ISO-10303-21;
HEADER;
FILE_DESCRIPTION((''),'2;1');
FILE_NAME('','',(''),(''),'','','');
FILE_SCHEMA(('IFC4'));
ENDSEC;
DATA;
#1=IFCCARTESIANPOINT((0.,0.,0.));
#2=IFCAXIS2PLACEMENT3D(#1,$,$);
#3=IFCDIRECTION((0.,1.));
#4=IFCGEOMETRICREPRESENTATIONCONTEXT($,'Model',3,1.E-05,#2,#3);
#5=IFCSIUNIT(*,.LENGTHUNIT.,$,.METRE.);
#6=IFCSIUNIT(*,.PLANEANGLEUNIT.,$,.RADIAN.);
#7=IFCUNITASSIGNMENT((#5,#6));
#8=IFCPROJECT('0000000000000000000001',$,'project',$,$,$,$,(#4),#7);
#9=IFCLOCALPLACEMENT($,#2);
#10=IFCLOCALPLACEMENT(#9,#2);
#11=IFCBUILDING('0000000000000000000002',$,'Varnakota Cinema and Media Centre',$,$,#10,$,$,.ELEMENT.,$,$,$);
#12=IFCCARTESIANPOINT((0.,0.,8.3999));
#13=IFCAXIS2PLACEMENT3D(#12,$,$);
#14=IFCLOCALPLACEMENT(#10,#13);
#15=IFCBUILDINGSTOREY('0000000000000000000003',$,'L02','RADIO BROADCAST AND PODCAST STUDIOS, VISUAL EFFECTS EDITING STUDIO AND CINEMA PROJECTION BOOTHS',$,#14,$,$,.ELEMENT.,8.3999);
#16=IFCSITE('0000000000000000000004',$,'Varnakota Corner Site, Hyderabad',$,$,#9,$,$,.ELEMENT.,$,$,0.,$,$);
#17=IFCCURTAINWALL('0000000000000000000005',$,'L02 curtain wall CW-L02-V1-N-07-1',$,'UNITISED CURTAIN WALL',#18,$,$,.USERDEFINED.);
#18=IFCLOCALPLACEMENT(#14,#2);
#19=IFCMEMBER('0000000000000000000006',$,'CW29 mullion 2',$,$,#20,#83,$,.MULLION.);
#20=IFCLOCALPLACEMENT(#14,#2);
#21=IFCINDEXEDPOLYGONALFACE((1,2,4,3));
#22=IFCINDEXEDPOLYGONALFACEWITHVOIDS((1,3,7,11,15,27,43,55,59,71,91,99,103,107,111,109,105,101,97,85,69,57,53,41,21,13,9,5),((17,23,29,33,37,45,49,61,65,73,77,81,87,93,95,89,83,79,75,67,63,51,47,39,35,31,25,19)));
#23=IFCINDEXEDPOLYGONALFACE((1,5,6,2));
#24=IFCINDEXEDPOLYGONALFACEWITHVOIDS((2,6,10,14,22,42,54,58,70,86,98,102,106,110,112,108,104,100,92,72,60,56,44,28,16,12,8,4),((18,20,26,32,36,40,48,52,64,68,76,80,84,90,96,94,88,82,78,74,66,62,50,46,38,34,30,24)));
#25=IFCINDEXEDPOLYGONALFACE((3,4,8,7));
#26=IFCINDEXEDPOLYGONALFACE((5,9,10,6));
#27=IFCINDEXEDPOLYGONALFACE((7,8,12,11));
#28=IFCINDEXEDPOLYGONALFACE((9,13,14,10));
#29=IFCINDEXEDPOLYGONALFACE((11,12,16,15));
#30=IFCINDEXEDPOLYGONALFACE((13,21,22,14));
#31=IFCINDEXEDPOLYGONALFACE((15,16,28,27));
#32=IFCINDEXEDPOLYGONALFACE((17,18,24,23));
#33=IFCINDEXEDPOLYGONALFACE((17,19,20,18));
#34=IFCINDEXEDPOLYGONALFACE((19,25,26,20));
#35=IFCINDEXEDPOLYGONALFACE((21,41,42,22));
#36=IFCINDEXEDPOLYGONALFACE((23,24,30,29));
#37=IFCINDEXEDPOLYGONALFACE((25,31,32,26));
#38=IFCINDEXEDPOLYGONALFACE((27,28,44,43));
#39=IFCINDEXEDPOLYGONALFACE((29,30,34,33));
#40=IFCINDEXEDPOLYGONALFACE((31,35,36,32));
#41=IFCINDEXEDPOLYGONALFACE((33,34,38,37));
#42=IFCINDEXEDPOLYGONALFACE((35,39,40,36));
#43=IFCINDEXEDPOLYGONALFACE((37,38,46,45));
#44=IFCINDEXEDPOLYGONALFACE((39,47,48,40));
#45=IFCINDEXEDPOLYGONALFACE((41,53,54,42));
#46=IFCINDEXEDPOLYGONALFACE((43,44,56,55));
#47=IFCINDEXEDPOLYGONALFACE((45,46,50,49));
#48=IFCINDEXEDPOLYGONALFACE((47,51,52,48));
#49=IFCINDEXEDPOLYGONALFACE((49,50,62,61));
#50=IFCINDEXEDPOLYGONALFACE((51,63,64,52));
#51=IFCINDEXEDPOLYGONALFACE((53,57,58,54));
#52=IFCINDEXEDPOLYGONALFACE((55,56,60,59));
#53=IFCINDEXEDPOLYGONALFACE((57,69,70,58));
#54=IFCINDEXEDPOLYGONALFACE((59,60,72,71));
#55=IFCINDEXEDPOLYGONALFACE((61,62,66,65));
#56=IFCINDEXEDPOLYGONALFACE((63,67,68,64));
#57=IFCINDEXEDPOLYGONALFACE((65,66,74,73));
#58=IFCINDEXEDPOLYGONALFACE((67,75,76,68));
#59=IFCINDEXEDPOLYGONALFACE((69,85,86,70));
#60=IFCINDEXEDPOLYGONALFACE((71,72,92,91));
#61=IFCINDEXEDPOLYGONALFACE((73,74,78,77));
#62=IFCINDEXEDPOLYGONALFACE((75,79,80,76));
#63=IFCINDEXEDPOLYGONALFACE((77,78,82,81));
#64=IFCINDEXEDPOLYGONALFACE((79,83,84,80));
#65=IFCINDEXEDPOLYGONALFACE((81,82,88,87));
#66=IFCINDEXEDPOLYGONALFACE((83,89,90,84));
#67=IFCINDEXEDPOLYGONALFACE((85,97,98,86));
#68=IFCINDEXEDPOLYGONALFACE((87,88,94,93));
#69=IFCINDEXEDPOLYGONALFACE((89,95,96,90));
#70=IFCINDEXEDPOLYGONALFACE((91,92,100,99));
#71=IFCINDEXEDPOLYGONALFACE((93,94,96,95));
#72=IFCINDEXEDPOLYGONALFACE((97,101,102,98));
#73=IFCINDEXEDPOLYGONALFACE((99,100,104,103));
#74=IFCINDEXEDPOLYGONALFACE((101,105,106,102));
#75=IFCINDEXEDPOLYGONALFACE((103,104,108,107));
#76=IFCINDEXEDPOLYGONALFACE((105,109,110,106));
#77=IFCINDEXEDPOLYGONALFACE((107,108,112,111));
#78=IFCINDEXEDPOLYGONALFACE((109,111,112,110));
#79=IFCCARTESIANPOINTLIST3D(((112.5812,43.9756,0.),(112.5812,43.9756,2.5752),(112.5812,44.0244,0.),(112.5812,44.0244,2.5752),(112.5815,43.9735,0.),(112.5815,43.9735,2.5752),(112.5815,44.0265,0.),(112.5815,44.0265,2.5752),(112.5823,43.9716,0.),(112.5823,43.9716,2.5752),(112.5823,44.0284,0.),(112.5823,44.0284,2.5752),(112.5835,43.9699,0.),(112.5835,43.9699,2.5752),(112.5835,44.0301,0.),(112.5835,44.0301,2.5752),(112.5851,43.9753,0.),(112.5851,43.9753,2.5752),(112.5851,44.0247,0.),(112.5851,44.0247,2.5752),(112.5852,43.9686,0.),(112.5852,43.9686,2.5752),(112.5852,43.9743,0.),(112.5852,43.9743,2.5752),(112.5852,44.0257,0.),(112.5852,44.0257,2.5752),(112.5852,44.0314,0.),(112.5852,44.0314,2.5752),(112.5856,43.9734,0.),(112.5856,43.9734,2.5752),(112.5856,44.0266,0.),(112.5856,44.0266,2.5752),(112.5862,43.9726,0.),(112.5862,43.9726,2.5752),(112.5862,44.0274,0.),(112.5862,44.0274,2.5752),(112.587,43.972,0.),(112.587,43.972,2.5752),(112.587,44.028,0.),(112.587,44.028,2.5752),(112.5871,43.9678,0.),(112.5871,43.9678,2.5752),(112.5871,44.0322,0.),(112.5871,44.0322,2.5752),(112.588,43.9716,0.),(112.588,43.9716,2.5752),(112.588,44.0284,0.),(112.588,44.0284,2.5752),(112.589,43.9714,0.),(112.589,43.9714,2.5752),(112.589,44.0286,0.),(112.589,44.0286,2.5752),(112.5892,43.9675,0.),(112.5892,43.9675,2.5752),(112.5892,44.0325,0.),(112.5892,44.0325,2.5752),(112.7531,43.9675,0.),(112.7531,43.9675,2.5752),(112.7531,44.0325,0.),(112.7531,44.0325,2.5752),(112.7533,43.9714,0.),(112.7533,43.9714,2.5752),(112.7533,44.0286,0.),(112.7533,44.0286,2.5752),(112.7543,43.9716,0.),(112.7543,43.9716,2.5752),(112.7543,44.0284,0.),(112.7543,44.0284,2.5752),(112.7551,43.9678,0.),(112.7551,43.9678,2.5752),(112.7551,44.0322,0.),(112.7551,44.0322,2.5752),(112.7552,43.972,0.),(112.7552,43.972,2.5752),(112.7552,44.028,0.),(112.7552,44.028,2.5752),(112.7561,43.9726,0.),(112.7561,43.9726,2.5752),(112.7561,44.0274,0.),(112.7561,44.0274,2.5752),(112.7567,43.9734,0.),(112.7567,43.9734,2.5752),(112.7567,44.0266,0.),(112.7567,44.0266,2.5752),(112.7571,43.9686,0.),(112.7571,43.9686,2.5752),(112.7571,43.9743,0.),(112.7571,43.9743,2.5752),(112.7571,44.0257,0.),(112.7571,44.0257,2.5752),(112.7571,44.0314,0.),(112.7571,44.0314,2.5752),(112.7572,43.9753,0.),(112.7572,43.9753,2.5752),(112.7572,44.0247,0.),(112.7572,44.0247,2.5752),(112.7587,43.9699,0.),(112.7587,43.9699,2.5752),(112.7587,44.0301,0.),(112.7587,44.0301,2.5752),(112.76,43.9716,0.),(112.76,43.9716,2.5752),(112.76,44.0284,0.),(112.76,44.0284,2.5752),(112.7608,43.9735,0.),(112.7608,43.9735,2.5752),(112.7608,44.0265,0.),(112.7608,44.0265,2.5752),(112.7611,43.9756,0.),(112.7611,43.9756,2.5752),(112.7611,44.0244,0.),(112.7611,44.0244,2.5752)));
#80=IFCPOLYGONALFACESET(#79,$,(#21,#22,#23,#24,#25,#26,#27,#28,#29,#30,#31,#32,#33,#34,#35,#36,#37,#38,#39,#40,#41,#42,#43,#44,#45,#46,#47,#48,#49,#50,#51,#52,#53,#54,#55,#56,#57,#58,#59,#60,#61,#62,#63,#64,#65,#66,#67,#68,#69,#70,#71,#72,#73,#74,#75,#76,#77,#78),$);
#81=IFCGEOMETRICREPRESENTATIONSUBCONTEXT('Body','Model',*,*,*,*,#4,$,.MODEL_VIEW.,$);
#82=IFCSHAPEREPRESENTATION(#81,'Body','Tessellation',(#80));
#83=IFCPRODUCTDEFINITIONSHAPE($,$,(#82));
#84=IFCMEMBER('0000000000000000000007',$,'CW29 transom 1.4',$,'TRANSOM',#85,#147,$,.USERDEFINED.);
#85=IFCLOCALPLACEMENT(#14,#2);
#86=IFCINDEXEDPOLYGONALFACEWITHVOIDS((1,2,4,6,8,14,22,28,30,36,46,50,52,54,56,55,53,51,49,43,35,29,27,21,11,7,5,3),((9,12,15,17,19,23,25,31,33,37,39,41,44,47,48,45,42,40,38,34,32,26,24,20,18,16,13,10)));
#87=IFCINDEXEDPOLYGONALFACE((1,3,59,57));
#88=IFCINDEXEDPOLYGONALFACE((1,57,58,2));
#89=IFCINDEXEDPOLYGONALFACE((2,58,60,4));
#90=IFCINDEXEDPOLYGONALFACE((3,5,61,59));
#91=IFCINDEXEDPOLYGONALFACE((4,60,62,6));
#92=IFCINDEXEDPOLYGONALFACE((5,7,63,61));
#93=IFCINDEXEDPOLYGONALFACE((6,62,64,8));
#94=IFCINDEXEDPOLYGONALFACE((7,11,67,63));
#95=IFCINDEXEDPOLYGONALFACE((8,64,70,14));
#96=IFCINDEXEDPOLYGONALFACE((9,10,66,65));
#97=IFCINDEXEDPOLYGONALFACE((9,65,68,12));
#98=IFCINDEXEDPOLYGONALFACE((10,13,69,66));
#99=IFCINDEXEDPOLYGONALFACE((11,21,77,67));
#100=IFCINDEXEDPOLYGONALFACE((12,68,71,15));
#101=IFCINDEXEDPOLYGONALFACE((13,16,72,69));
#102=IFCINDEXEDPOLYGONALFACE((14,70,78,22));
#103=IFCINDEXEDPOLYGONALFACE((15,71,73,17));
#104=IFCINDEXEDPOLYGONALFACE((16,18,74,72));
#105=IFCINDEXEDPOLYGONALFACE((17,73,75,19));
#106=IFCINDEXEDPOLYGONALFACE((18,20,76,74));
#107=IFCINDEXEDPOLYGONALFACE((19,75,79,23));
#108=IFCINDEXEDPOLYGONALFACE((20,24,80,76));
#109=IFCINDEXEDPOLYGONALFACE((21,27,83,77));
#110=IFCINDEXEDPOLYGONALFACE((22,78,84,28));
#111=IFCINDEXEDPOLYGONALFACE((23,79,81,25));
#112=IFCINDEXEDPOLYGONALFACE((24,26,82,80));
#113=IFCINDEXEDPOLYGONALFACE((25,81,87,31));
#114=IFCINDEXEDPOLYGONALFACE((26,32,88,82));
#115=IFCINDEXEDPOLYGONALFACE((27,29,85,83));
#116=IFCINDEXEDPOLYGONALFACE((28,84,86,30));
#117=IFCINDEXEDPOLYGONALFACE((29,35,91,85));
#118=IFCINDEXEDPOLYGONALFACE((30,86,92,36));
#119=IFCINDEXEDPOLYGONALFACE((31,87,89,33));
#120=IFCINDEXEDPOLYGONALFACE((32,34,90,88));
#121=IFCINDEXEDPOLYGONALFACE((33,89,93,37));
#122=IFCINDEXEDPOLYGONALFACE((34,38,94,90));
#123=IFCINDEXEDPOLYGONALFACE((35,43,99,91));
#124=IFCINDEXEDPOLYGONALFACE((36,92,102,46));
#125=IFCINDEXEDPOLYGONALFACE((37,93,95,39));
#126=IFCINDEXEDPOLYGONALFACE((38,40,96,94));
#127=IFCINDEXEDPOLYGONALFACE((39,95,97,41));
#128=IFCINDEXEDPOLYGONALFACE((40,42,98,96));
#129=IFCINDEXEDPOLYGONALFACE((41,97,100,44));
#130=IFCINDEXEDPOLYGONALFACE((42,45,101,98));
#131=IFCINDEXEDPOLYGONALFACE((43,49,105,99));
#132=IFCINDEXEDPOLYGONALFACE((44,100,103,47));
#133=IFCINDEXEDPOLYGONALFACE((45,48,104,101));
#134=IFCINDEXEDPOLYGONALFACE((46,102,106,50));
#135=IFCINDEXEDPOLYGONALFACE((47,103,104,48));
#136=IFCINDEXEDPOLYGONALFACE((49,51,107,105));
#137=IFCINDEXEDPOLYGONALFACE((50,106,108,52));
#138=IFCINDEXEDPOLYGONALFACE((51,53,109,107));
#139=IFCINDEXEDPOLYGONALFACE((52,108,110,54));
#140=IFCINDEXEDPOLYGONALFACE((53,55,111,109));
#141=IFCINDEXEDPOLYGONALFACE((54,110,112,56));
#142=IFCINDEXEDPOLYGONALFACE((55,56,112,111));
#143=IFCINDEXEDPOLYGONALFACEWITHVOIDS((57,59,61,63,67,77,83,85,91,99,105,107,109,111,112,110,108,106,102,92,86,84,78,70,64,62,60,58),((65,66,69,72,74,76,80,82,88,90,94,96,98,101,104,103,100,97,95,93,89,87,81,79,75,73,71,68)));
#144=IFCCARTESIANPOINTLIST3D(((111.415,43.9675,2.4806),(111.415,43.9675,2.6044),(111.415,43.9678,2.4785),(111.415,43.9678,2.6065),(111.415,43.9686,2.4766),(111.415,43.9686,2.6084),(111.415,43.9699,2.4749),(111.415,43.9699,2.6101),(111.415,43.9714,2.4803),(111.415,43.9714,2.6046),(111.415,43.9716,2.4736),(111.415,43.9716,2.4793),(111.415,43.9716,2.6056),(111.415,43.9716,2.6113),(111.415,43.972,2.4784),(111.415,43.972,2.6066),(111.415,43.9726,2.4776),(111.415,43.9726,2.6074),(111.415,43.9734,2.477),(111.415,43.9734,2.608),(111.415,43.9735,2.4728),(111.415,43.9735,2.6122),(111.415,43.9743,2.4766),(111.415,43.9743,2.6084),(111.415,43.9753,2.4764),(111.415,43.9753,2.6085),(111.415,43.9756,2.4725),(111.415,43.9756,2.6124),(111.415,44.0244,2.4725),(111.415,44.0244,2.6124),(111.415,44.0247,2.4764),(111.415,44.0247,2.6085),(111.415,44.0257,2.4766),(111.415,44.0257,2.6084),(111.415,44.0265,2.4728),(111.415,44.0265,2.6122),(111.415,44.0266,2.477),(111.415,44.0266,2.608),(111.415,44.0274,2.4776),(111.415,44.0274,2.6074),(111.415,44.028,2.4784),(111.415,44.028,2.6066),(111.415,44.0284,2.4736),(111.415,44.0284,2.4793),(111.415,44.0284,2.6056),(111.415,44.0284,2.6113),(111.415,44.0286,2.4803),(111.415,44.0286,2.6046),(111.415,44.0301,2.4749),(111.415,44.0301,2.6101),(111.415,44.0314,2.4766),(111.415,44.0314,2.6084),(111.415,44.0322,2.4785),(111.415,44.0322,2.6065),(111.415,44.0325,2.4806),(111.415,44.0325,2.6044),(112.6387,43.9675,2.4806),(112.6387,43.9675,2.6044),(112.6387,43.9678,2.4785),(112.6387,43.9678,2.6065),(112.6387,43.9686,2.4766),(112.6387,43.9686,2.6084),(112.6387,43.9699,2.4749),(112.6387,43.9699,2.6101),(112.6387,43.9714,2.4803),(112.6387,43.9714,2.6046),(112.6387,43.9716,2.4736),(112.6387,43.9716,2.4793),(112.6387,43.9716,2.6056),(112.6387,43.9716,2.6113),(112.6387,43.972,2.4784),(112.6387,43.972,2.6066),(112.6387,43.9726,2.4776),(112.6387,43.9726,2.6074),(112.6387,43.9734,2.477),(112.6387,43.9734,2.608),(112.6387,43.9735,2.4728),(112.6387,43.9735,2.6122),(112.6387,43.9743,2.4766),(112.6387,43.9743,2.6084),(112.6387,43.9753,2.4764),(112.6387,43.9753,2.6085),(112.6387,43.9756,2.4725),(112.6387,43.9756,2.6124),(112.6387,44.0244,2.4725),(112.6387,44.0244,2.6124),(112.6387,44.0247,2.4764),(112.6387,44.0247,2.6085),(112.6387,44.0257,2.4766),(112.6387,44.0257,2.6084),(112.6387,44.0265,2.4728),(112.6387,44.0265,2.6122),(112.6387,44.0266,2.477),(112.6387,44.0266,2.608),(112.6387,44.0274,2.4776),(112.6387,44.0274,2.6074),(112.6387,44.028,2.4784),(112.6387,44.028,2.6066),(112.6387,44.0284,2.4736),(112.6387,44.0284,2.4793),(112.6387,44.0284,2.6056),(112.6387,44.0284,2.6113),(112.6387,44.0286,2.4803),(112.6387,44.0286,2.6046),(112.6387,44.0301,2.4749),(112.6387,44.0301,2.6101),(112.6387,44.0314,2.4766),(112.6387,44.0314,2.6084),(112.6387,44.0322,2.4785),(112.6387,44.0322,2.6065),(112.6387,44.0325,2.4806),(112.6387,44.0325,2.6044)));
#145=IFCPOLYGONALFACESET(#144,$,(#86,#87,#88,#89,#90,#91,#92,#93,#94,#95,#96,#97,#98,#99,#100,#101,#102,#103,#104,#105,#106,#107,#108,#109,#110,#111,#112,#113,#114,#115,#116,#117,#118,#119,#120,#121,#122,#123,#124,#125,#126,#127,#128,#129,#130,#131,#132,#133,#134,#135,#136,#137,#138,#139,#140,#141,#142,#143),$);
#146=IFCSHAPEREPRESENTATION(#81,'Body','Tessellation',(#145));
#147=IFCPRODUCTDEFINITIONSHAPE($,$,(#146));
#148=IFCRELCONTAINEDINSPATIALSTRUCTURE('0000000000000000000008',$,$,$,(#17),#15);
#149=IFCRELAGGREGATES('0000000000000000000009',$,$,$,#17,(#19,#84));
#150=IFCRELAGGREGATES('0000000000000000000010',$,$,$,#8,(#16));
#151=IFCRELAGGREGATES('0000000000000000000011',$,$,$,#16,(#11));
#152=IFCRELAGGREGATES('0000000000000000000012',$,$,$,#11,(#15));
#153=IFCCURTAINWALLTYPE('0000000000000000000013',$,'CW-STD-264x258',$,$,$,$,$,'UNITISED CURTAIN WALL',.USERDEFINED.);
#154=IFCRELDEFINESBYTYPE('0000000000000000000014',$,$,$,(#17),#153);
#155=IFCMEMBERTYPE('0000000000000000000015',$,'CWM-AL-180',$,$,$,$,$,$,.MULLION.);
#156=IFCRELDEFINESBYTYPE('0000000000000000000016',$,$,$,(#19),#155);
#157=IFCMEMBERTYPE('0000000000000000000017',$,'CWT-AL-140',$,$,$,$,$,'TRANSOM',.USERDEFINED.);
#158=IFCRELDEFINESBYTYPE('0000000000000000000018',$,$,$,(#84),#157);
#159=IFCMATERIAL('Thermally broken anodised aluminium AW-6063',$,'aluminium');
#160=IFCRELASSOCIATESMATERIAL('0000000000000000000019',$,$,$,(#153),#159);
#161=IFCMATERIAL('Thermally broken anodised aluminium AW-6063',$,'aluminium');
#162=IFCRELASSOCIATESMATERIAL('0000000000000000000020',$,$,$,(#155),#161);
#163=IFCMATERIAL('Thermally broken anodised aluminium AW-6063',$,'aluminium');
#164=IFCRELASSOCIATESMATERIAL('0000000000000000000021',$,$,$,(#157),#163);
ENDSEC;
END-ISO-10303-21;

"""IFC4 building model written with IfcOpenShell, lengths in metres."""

from ifc_helpers import new_model, si_unit, direction, frame, origin, origin_2d, place, context, subcontext, project, spatial, hollow_rectangle, extrude, material, material_profile, profile_set, type_object, element, aggregate, save


model = new_model("IFC4")

# Units and contexts
model_context = context("Model", 3, precision=1e-05, world=origin(), true_north=direction((0.0, 1.0)))
body_context = subcontext(model_context, "Body", "Model", "MODEL_VIEW")
ifc_project = project(units=[si_unit("LENGTHUNIT", "METRE"), si_unit("PLANEANGLEUNIT", "RADIAN")], contexts=[model_context])

# Site, building, storey
site_placement = place(None, origin())
site = spatial("IfcSite", under=ifc_project, at=site_placement, Name="Varnakota Corner Site, Hyderabad", CompositionType="ELEMENT", RefElevation=0.0)
building_placement = place(site_placement, origin())
building = spatial("IfcBuilding", under=site, at=building_placement, Name="Varnakota Cinema and Media Centre", CompositionType="ELEMENT")
storey_placement = place(building_placement, frame((0.0, 0.0, 8.3999)))
storey = spatial("IfcBuildingStorey", under=building, at=storey_placement, Name="L02", Description="RADIO BROADCAST AND PODCAST STUDIOS, VISUAL EFFECTS EDITING STUDIO AND CINEMA PROJECTION BOOTHS", CompositionType="ELEMENT", Elevation=8.3999)

# Curtain wall, members
ifc_material_1 = material(Name="Thermally broken anodised aluminium AW-6063", Category="aluminium")
curtain_wall_type = type_object("IfcCurtainWallType", Name="CW-STD-264x258", ElementType="UNITISED CURTAIN WALL", PredefinedType="USERDEFINED", material=ifc_material_1)
curtain_wall_placement = place(storey_placement, origin())
curtain_wall = element("IfcCurtainWall", 1, at=curtain_wall_placement, inside=storey, type_object=curtain_wall_type, Name="L02 curtain wall CW-L02-V1-N-07-1", ObjectType="UNITISED CURTAIN WALL", PredefinedType="USERDEFINED")
ifc_material_2 = material(Name="Thermally broken anodised aluminium AW-6063", Category="aluminium")
ifc_material_profile_1 = material_profile(ifc_material_2, hollow_rectangle(XDim=0.0649, YDim=0.1799, WallThickness=0.0039, InnerFilletRadius=0.0039, OuterFilletRadius=0.0081, at=origin_2d()), Name="AL-MULLION 180x65x4")
ifc_profile_set_1 = profile_set([ifc_material_profile_1], Name="Thermally broken anodised aluminium AW-6063")
member_type_1 = type_object("IfcMemberType", Name="CWM-AL-180", PredefinedType="MULLION", material=ifc_profile_set_1)
member_1_placement = place(storey_placement, frame((112.6711, 44.0, 0.0), z_axis=(0.0, 0.0, 1.0), x_axis=(0.0, 1.0, 0.0)))
member_1 = element("IfcMember", 2, at=member_1_placement, type_object=member_type_1, Name="CW29 mullion 2", PredefinedType="MULLION", context=body_context, shape_type="SweptSolid", body=[
    extrude(hollow_rectangle(XDim=0.0649, YDim=0.1799, WallThickness=0.0039, InnerFilletRadius=0.0039, OuterFilletRadius=0.0081, at=origin_2d()), origin(), (0.0, 0.0, 1.0), 2.5752),
])
ifc_material_3 = material(Name="Thermally broken anodised aluminium AW-6063", Category="aluminium")
ifc_material_profile_2 = material_profile(ifc_material_3, hollow_rectangle(XDim=0.0649, YDim=0.1399, WallThickness=0.0039, InnerFilletRadius=0.0039, OuterFilletRadius=0.0081, at=origin_2d()), Name="AL-TRANSOM 140x65x4")
ifc_profile_set_2 = profile_set([ifc_material_profile_2], Name="Thermally broken anodised aluminium AW-6063")
member_type_2 = type_object("IfcMemberType", Name="CWT-AL-140", ElementType="TRANSOM", PredefinedType="USERDEFINED", material=ifc_profile_set_2)
member_2_placement = place(storey_placement, frame((111.415, 44.0, 2.5425), z_axis=(1.0, 0.0, 0.0), x_axis=(0.0, 1.0, 0.0)))
member_2 = element("IfcMember", 3, at=member_2_placement, type_object=member_type_2, Name="CW29 transom 1.4", ObjectType="TRANSOM", PredefinedType="USERDEFINED", context=body_context, shape_type="SweptSolid", body=[
    extrude(hollow_rectangle(XDim=0.0649, YDim=0.1399, WallThickness=0.0039, InnerFilletRadius=0.0039, OuterFilletRadius=0.0081, at=origin_2d()), origin(), (0.0, 0.0, 1.0), 1.2236),
])
aggregate(curtain_wall, [member_1, member_2])

save(model, "model.ifc")
